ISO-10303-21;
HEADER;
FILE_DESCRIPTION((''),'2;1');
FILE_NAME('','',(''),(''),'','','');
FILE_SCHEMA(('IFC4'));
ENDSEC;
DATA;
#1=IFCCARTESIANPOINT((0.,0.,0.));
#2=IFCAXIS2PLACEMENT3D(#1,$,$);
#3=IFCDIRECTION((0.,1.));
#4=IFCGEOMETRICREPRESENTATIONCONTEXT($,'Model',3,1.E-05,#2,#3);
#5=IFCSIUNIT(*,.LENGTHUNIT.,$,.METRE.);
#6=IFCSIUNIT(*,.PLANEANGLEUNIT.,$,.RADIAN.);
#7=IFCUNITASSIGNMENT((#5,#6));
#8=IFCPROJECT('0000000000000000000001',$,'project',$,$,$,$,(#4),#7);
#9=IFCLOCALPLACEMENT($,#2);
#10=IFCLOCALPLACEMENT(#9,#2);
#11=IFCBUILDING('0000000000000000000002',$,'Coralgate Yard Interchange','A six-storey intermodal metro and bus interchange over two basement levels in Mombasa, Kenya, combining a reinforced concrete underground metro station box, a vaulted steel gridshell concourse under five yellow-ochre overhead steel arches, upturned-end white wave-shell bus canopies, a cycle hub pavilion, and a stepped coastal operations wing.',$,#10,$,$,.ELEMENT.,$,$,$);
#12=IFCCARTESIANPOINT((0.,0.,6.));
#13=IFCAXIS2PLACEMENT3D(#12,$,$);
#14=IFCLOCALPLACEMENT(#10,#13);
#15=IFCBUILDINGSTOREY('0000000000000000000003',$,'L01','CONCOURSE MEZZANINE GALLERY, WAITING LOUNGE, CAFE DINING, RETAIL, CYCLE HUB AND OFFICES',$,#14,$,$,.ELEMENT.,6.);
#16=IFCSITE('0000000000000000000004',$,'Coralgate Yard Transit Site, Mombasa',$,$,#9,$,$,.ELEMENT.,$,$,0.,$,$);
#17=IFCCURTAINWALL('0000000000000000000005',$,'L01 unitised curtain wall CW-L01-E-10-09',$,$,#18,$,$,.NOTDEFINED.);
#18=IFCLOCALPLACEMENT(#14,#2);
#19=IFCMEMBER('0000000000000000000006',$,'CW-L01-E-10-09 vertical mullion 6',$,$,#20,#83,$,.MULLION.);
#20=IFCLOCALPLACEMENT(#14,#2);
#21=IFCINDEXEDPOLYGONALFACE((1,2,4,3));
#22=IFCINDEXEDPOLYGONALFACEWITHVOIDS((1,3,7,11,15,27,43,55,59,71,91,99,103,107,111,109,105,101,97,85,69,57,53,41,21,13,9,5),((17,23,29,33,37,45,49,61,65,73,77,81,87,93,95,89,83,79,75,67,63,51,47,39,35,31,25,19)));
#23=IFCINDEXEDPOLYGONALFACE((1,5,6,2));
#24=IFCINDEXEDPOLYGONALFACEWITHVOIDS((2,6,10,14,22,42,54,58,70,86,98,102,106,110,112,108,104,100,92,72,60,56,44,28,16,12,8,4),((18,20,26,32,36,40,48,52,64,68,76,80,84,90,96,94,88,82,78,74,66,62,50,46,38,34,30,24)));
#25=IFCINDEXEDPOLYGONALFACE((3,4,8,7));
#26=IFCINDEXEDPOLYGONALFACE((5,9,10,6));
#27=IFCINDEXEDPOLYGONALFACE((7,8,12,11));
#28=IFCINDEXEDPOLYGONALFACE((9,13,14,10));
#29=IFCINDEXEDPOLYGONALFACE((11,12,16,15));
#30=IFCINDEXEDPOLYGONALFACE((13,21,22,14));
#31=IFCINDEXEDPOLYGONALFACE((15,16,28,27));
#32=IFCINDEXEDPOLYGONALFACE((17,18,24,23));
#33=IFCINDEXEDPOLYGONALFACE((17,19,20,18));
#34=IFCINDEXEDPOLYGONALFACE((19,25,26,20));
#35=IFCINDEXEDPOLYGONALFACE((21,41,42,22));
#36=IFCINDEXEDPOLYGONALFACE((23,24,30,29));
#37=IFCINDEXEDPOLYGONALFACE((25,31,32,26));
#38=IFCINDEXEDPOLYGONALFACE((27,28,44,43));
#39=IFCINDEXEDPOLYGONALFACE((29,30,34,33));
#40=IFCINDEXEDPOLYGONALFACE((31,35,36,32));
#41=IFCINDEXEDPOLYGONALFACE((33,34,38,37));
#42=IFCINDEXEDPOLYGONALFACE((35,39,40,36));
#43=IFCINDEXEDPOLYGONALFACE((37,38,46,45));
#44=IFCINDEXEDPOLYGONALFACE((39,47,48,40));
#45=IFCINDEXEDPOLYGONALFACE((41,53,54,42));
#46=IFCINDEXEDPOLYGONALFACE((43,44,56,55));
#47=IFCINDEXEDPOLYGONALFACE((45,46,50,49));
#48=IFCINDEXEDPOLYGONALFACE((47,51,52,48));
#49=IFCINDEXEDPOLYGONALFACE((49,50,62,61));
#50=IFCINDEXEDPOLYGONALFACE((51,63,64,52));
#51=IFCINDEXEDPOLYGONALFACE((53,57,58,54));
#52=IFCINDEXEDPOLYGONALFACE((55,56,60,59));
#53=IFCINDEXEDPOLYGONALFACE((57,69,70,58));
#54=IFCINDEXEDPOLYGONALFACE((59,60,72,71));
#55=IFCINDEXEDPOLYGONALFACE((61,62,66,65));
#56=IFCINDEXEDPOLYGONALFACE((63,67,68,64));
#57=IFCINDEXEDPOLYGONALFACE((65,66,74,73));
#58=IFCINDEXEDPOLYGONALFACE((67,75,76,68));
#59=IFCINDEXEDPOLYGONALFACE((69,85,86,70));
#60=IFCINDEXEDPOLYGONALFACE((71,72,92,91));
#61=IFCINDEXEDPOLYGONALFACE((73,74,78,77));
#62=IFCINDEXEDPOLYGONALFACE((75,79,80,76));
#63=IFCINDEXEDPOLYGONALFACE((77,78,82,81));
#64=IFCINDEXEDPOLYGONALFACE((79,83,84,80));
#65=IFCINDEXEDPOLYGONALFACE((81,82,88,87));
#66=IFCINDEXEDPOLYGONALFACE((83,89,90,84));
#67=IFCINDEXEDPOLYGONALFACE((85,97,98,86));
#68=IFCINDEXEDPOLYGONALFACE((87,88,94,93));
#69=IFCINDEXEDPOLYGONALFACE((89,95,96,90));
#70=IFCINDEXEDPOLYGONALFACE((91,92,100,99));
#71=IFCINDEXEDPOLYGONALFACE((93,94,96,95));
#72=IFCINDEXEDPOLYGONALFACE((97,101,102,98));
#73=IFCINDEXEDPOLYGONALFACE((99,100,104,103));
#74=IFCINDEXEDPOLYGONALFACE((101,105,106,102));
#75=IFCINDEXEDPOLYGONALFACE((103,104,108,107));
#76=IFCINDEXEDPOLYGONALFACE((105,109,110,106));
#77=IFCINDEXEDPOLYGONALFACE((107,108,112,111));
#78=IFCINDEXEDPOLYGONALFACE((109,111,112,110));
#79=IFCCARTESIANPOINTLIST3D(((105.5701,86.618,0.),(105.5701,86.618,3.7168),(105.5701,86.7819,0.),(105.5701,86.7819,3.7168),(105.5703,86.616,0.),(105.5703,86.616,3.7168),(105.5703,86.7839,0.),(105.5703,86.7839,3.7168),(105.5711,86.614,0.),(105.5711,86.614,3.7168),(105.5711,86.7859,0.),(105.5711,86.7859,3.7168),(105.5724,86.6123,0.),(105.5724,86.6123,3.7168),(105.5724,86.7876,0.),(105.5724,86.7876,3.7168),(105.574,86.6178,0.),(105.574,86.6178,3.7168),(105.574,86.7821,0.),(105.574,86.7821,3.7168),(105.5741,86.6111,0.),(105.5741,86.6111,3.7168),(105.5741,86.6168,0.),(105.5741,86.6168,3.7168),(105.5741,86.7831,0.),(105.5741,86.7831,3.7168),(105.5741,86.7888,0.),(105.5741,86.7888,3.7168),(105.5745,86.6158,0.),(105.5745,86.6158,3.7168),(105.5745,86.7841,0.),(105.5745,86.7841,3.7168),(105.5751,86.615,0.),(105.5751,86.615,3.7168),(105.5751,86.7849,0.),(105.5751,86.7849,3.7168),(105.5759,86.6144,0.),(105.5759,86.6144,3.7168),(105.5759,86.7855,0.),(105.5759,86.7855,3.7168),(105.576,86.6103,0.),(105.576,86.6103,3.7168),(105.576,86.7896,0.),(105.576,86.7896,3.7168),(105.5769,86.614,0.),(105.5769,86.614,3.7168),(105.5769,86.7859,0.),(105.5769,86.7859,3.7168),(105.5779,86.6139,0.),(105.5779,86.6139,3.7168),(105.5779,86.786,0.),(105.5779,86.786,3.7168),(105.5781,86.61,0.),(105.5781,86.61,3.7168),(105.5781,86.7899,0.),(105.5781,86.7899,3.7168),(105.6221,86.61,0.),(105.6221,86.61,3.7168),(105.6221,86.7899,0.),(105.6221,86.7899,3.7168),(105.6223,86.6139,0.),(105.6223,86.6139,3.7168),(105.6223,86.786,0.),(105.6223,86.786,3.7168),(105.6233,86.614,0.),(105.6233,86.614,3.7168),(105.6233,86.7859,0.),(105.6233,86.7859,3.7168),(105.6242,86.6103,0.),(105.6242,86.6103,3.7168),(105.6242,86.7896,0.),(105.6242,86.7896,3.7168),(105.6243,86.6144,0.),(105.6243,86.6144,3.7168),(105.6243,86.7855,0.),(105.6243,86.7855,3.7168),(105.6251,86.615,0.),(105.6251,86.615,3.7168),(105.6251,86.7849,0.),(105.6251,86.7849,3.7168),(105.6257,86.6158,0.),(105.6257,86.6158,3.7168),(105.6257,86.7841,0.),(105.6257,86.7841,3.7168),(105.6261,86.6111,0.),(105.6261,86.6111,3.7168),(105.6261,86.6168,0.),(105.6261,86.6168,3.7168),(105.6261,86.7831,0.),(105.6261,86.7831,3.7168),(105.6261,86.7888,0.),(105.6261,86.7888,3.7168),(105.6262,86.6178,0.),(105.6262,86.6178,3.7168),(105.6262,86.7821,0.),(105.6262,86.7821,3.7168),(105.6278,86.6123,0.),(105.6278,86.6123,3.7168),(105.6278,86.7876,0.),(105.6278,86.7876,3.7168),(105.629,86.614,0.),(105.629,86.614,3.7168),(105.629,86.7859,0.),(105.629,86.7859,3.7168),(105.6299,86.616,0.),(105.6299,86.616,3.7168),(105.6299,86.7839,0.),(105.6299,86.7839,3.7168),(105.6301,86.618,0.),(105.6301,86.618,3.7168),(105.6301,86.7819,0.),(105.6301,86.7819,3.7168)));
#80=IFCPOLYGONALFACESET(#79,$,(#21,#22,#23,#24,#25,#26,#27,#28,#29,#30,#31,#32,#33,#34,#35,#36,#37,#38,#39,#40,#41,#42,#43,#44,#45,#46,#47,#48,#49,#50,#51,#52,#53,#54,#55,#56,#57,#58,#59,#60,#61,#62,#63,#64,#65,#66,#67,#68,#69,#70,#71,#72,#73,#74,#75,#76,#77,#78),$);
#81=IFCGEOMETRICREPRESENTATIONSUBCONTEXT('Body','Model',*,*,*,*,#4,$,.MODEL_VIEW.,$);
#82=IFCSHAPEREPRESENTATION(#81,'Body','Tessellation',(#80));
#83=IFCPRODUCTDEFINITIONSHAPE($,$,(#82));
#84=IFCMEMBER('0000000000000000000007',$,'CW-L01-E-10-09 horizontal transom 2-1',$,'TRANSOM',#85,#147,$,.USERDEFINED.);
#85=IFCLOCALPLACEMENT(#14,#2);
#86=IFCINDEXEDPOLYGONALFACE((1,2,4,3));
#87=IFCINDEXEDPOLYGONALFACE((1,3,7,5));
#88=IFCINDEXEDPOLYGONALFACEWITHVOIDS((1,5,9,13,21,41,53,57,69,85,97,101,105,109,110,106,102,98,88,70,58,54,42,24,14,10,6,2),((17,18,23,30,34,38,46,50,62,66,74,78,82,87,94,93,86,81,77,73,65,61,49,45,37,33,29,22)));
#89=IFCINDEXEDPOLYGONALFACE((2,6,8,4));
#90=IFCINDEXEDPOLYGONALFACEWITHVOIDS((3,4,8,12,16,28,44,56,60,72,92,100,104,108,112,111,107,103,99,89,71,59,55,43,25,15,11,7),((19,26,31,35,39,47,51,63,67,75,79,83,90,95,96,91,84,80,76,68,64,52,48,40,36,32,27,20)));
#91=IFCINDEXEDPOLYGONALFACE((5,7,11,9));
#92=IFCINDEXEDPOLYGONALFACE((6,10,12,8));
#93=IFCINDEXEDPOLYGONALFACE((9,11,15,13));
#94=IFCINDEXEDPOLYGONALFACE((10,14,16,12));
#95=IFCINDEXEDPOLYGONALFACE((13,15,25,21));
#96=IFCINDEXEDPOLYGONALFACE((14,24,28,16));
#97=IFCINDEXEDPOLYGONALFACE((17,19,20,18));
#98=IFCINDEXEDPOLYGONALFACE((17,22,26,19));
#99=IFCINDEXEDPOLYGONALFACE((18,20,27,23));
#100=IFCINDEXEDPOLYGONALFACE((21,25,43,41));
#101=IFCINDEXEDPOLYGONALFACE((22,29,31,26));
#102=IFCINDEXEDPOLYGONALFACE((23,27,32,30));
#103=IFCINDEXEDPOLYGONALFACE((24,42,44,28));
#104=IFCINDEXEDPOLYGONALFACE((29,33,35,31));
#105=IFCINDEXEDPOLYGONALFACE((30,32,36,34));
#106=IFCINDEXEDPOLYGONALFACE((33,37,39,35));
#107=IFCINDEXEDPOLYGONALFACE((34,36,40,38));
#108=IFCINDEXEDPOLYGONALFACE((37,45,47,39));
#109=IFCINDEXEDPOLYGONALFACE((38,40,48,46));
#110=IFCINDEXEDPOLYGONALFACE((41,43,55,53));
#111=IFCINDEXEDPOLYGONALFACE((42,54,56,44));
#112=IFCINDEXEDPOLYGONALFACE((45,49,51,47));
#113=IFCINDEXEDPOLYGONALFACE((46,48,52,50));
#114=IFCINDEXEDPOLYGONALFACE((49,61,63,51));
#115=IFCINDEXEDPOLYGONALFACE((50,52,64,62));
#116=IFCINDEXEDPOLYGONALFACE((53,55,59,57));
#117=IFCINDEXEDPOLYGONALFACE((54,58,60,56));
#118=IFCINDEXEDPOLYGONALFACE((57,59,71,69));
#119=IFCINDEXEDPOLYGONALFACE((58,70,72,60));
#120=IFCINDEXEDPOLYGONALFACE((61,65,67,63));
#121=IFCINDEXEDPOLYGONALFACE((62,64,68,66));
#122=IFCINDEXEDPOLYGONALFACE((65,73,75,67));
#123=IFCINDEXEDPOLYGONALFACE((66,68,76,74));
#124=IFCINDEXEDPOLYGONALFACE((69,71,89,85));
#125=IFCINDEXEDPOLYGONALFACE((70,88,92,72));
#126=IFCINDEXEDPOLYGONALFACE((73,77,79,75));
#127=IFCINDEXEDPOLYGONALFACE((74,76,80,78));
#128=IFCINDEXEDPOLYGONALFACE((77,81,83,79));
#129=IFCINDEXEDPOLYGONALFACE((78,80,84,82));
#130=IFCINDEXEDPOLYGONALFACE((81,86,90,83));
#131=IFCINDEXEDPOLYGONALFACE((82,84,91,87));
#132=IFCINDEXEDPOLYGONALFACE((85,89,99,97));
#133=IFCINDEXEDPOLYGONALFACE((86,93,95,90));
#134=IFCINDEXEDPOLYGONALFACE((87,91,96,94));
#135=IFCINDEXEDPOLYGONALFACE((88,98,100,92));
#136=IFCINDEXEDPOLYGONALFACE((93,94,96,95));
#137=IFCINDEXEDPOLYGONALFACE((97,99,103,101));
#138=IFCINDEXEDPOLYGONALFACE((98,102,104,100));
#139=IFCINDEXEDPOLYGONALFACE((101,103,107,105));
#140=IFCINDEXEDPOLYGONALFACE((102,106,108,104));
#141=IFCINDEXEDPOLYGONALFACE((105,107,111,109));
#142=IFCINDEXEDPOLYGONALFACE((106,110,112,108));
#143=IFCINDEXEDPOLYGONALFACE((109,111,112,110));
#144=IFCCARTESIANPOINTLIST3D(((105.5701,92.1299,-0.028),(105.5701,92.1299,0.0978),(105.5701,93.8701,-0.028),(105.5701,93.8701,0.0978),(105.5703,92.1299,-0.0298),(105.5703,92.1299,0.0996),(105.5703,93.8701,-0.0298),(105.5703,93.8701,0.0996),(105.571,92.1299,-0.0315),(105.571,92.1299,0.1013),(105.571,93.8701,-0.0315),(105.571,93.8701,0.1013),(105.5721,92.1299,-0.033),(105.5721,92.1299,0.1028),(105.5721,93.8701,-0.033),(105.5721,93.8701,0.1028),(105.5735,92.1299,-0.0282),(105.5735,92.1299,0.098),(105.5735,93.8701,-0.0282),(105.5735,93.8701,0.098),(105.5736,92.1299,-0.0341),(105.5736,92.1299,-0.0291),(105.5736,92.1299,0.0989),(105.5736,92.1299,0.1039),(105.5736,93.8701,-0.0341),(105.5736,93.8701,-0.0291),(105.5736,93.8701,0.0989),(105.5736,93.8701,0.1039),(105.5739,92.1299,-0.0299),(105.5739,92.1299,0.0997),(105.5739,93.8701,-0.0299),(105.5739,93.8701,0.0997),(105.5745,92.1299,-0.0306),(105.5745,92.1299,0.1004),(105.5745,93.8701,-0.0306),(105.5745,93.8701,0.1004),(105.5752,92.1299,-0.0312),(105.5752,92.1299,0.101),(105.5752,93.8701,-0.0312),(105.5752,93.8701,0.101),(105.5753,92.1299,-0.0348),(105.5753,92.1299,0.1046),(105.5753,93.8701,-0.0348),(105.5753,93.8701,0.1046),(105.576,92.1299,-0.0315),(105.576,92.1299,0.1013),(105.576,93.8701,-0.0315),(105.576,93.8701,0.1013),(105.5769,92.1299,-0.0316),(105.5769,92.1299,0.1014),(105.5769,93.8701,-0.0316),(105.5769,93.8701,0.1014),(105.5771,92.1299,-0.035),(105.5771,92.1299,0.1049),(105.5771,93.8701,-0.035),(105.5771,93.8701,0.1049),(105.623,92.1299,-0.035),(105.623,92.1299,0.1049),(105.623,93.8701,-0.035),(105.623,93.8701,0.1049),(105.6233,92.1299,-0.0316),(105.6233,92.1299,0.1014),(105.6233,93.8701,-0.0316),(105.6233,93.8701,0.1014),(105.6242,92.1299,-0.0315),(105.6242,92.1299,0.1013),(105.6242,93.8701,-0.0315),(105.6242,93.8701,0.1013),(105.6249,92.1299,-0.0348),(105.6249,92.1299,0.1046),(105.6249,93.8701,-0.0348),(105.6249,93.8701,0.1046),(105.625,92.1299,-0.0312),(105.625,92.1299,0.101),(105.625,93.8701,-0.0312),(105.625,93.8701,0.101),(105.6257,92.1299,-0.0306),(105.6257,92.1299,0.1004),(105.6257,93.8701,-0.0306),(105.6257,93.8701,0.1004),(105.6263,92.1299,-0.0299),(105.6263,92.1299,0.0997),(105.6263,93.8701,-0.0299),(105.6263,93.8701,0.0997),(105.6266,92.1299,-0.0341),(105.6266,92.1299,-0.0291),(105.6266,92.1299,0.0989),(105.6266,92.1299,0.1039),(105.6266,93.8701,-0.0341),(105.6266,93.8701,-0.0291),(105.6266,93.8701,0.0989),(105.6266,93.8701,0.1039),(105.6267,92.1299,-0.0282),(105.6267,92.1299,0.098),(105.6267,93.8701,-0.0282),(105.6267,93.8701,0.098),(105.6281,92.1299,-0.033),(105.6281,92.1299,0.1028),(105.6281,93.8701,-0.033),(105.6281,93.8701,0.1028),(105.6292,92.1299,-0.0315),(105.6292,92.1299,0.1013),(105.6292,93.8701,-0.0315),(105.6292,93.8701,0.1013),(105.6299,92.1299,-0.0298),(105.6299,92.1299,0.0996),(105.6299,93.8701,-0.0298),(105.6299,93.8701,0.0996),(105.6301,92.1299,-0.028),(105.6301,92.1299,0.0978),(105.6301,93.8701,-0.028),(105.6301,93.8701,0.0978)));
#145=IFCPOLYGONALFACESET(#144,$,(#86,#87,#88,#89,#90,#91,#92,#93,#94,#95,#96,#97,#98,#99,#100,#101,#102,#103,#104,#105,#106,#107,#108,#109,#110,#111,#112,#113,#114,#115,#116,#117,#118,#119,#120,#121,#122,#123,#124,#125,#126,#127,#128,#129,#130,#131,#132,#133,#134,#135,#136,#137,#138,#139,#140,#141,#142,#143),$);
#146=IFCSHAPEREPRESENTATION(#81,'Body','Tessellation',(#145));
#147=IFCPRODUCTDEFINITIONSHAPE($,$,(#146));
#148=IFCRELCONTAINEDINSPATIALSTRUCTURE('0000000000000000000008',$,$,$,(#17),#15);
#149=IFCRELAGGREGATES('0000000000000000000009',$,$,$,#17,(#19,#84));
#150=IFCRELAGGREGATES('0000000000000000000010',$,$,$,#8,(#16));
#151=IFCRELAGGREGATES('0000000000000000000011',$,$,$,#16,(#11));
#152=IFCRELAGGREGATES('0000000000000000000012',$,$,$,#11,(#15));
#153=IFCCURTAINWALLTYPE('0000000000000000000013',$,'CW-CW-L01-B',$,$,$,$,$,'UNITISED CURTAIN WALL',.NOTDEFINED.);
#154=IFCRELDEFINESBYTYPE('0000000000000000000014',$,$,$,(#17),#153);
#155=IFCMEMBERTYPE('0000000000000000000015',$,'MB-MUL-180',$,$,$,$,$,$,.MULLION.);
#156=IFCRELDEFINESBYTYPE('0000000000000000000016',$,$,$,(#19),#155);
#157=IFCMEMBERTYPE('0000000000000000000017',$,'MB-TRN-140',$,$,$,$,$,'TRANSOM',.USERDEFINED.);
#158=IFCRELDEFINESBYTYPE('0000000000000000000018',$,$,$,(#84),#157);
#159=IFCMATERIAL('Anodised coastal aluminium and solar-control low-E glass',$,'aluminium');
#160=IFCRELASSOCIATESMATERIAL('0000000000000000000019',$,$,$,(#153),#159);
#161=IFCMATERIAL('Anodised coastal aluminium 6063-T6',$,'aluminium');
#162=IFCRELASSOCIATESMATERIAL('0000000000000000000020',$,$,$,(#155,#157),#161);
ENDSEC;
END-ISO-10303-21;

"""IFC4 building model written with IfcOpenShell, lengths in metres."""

from ifc_helpers import new_model, si_unit, direction, frame, origin, origin_2d, place, context, subcontext, project, spatial, hollow_rectangle, extrude, material, material_profile, profile_set, type_object, element, aggregate, save


model = new_model("IFC4")

# Units and contexts
model_context = context("Model", 3, precision=1e-05, world=origin(), true_north=direction((0.0, 1.0)))
body_context = subcontext(model_context, "Body", "Model", "MODEL_VIEW")
ifc_project = project(units=[si_unit("LENGTHUNIT", "METRE"), si_unit("PLANEANGLEUNIT", "RADIAN")], contexts=[model_context])

# Site, building, storey
site_placement = place(None, origin())
site = spatial("IfcSite", under=ifc_project, at=site_placement, Name="Coralgate Yard Transit Site, Mombasa", CompositionType="ELEMENT", RefElevation=0.0)
building_placement = place(site_placement, origin())
building = spatial("IfcBuilding", under=site, at=building_placement, Name="Coralgate Yard Interchange", Description="A six-storey intermodal metro and bus interchange over two basement levels in Mombasa, Kenya, combining a reinforced concrete underground metro station box, a vaulted steel gridshell concourse under five yellow-ochre overhead steel arches, upturned-end white wave-shell bus canopies, a cycle hub pavilion, and a stepped coastal operations wing.", CompositionType="ELEMENT")
storey_placement = place(building_placement, frame((0.0, 0.0, 6.0)))
storey = spatial("IfcBuildingStorey", under=building, at=storey_placement, Name="L01", Description="CONCOURSE MEZZANINE GALLERY, WAITING LOUNGE, CAFE DINING, RETAIL, CYCLE HUB AND OFFICES", CompositionType="ELEMENT", Elevation=6.0)

# Curtain wall, members
ifc_material_1 = material(Name="Anodised coastal aluminium and solar-control low-E glass", Category="aluminium")
curtain_wall_type = type_object("IfcCurtainWallType", Name="CW-CW-L01-B", ElementType="UNITISED CURTAIN WALL", PredefinedType="NOTDEFINED", material=ifc_material_1)
curtain_wall_placement = place(storey_placement, origin())
curtain_wall = element("IfcCurtainWall", 1, at=curtain_wall_placement, inside=storey, type_object=curtain_wall_type, Name="L01 unitised curtain wall CW-L01-E-10-09", PredefinedType="NOTDEFINED")
ifc_material_2 = material(Name="Anodised coastal aluminium 6063-T6", Category="aluminium")
ifc_material_profile_1 = material_profile(ifc_material_2, hollow_rectangle(XDim=0.0601, YDim=0.1799, WallThickness=0.0039, InnerFilletRadius=0.0039, OuterFilletRadius=0.0081, at=origin_2d()), Name="ALU 60x180x4")
ifc_profile_set_1 = profile_set([ifc_material_profile_1], Name="Anodised coastal aluminium 6063-T6")
member_type_1 = type_object("IfcMemberType", Name="MB-MUL-180", PredefinedType="MULLION", material=ifc_profile_set_1)
member_1_placement = place(storey_placement, frame((105.6001, 86.7, 0.0), z_axis=(0.0, 0.0, 1.0), x_axis=(1.0, 0.0, 0.0)))
member_1 = element("IfcMember", 2, at=member_1_placement, type_object=member_type_1, Name="CW-L01-E-10-09 vertical mullion 6", PredefinedType="MULLION", context=body_context, shape_type="SweptSolid", body=[
    extrude(hollow_rectangle(XDim=0.0601, YDim=0.1799, WallThickness=0.0039, InnerFilletRadius=0.0039, OuterFilletRadius=0.0081, at=origin_2d()), origin(), (0.0, 0.0, 1.0), 3.7168),
])
ifc_material_profile_2 = material_profile(ifc_material_2, hollow_rectangle(XDim=0.0601, YDim=0.1399, WallThickness=0.0034, InnerFilletRadius=0.0034, OuterFilletRadius=0.0071, at=origin_2d()), Name="ALU 60x140x3.5")
ifc_profile_set_2 = profile_set([ifc_material_profile_2], Name="Anodised coastal aluminium 6063-T6")
member_type_2 = type_object("IfcMemberType", Name="MB-TRN-140", ElementType="TRANSOM", PredefinedType="USERDEFINED", material=ifc_profile_set_2)
member_2_placement = place(storey_placement, frame((105.6001, 93.8701, 0.0349), z_axis=(0.0, -1.0, 0.0), x_axis=(1.0, 0.0, 0.0)))
member_2 = element("IfcMember", 3, at=member_2_placement, type_object=member_type_2, Name="CW-L01-E-10-09 horizontal transom 2-1", ObjectType="TRANSOM", PredefinedType="USERDEFINED", context=body_context, shape_type="SweptSolid", body=[
    extrude(hollow_rectangle(XDim=0.0601, YDim=0.1399, WallThickness=0.0034, InnerFilletRadius=0.0034, OuterFilletRadius=0.0071, at=origin_2d()), origin(), (0.0, 0.0, 1.0), 1.7402),
])
aggregate(curtain_wall, [member_1, member_2])

save(model, "model.ifc")
